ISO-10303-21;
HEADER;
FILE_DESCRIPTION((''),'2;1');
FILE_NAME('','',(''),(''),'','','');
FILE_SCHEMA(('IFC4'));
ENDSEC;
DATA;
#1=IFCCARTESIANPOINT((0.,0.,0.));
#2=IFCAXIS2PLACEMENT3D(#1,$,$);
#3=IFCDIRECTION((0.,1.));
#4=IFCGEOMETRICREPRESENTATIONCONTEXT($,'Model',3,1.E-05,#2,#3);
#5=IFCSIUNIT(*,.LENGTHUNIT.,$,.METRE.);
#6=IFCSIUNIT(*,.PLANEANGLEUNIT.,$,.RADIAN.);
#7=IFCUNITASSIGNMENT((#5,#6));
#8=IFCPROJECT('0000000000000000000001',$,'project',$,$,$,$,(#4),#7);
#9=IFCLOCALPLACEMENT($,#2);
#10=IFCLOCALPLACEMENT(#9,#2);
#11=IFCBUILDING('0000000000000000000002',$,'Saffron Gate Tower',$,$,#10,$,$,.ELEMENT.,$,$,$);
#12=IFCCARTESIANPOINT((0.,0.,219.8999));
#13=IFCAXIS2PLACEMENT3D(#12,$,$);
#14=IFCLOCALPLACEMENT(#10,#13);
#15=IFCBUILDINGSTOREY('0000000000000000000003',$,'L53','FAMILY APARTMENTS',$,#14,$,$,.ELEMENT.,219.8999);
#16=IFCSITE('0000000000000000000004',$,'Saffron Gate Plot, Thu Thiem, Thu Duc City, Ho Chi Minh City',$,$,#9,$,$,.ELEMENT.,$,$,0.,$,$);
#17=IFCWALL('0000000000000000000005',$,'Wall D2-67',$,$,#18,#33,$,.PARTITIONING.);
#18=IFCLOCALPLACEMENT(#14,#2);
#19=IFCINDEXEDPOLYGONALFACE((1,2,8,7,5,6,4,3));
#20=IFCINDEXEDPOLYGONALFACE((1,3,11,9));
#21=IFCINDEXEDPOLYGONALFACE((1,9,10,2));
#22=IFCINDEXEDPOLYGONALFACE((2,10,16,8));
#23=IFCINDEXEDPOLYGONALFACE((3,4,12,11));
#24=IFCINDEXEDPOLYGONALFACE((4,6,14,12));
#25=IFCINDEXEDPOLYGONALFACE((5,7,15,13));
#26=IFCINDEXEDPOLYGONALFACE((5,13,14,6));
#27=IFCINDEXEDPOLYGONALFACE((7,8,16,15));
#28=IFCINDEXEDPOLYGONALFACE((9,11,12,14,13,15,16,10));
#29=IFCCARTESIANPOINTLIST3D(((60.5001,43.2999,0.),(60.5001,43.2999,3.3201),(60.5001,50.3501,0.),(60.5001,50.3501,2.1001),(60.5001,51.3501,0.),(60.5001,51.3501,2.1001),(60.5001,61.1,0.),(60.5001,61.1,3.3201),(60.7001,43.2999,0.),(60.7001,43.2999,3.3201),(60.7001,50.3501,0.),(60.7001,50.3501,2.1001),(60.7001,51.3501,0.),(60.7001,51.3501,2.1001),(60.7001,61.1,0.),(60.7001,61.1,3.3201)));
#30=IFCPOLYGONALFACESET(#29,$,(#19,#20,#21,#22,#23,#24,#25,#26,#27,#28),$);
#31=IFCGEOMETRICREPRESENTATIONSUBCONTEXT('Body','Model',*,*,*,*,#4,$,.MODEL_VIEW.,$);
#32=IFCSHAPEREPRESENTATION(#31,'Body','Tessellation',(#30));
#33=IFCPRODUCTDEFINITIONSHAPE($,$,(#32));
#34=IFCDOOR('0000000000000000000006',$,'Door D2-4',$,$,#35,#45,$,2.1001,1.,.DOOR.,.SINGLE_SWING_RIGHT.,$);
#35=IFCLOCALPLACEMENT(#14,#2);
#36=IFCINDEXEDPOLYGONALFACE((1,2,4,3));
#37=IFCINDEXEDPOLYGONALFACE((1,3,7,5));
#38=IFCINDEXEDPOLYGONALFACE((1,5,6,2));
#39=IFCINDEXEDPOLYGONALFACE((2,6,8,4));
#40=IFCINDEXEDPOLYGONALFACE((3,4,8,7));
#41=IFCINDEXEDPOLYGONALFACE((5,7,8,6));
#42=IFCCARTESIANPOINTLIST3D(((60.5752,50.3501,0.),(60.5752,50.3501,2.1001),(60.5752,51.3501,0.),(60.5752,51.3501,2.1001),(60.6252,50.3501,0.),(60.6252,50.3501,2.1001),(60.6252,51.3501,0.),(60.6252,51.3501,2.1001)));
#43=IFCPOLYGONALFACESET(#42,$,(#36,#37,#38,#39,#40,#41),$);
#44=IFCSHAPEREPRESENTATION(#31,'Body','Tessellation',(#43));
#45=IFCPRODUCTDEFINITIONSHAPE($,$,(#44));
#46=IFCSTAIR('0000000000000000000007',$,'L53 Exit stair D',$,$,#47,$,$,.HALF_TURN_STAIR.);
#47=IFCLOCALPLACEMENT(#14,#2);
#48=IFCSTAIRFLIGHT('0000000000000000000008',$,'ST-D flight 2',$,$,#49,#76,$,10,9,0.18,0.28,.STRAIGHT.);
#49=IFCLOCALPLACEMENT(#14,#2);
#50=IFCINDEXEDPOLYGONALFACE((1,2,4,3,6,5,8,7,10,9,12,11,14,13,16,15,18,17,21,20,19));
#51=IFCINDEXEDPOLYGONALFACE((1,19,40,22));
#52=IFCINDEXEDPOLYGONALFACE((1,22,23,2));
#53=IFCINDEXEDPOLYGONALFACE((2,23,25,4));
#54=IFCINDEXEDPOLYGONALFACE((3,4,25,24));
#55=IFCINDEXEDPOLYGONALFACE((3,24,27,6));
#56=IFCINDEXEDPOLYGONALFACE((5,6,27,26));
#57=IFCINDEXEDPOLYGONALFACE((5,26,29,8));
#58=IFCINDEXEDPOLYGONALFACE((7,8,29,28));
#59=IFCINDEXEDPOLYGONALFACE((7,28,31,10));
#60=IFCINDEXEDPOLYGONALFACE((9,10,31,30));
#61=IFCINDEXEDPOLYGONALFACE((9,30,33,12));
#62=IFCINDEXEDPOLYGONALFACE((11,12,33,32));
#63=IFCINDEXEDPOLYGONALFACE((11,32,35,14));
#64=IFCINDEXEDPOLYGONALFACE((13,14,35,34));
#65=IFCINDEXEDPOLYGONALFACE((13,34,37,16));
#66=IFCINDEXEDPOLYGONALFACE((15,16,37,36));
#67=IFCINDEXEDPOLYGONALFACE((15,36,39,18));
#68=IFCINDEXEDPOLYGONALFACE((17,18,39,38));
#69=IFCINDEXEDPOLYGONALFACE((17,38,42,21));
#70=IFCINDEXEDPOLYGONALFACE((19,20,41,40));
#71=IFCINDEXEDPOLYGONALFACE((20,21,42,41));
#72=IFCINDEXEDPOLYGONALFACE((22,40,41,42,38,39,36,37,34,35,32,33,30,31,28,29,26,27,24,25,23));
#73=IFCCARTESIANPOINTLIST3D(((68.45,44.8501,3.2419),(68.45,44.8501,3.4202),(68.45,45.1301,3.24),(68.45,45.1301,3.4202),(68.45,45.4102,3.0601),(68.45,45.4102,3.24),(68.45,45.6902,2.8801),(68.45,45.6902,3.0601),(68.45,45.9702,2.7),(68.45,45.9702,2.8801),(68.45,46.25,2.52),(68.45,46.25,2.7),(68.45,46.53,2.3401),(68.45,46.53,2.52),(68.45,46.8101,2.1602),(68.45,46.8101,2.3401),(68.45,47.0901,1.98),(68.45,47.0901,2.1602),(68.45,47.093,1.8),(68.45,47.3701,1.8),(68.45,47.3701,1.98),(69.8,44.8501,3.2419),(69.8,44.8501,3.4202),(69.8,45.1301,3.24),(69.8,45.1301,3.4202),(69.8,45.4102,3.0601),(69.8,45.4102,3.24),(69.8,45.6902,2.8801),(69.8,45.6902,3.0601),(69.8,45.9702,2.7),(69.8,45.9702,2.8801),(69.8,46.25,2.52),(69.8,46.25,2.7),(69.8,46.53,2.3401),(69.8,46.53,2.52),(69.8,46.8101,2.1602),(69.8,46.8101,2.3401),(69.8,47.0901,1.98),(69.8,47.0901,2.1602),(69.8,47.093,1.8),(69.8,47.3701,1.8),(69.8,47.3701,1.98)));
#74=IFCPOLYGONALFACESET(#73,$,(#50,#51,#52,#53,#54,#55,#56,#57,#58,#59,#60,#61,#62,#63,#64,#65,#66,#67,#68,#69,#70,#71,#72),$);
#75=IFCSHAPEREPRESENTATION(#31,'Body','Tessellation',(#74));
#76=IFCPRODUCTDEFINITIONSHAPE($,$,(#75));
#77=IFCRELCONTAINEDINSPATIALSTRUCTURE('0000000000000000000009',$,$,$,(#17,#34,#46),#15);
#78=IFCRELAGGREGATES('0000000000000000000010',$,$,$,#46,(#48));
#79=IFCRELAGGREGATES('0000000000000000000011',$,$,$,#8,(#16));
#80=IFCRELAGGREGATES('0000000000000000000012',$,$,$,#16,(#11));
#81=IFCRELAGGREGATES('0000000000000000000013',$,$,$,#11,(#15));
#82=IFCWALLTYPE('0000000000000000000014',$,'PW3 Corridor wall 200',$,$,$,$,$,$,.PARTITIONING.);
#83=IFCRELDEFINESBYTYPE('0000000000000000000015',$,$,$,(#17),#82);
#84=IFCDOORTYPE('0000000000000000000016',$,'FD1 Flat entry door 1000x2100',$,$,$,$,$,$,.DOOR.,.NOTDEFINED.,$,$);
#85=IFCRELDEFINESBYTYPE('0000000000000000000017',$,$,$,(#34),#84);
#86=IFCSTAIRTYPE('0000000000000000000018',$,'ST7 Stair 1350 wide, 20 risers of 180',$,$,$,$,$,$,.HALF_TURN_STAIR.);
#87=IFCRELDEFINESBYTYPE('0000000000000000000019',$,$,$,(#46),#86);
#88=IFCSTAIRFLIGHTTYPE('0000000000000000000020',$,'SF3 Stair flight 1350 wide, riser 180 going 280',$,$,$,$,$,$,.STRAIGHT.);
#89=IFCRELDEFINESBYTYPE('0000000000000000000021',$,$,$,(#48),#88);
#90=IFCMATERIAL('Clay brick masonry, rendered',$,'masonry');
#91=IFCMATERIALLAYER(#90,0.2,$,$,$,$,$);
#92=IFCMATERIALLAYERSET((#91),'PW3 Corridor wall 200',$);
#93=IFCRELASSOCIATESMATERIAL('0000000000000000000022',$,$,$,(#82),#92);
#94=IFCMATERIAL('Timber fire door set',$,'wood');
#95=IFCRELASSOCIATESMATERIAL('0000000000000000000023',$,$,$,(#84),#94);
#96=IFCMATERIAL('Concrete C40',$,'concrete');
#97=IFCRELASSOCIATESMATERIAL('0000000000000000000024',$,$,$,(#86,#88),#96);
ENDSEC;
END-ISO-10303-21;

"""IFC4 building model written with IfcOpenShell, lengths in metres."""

from ifc_helpers import new_model, si_unit, direction, frame, frame_2d, origin, place, context, subcontext, project, spatial, polyline, rectangle, outline, extrude, material, layer, layer_set, type_object, element, fill, aggregate, save


model = new_model("IFC4")

# Units and contexts
model_context = context("Model", 3, precision=1e-05, world=origin(), true_north=direction((0.0, 1.0)))
body_context = subcontext(model_context, "Body", "Model", "MODEL_VIEW")
ifc_project = project(units=[si_unit("LENGTHUNIT", "METRE"), si_unit("PLANEANGLEUNIT", "RADIAN")], contexts=[model_context])

# Site, building, storey
site_placement = place(None, origin())
site = spatial("IfcSite", under=ifc_project, at=site_placement, Name="Saffron Gate Plot, Thu Thiem, Thu Duc City, Ho Chi Minh City", CompositionType="ELEMENT", RefElevation=0.0)
building_placement = place(site_placement, origin())
building = spatial("IfcBuilding", under=site, at=building_placement, Name="Saffron Gate Tower", CompositionType="ELEMENT")
storey_placement = place(building_placement, frame((0.0, 0.0, 219.8999)))
storey = spatial("IfcBuildingStorey", under=building, at=storey_placement, Name="L53", Description="FAMILY APARTMENTS", CompositionType="ELEMENT", Elevation=219.8999)

# Shared definitions
ifc_material_1 = material(Name="Clay brick masonry, rendered", Category="masonry")
ifc_layer_1 = layer(ifc_material_1, 0.2)
ifc_layer_set_1 = layer_set([ifc_layer_1], Name="PW3 Corridor wall 200")
wall_type_1 = type_object("IfcWallType", Name="PW3 Corridor wall 200", PredefinedType="PARTITIONING", material=ifc_layer_set_1)

# Wall, opening, door
wall_1_placement = place(storey_placement, frame((60.6001, 43.3, 0.0), z_axis=(0.0, 0.0, 1.0), x_axis=(0.0, 1.0, 0.0)))
wall_1 = element("IfcWall", 1, at=wall_1_placement, inside=storey, type_object=wall_type_1, Name="Wall D2-67", PredefinedType="PARTITIONING", context=body_context, shape_type="SweptSolid", body=[
    extrude(rectangle(XDim=17.8, YDim=0.2, at=frame_2d((8.8999, 0.0))), origin(), (0.0, 0.0, 1.0), 3.3201),
])
opening_1_placement = place(wall_1_placement, frame((7.05, 0.0, 0.0)))
opening_1 = element("IfcOpeningElement", 2, at=opening_1_placement, cuts=wall_1, PredefinedType="OPENING", context=body_context, shape_type="SweptSolid", body=[
    extrude(rectangle(XDim=1.0, YDim=2.1001, at=frame_2d((0.5, 1.05))), frame((0.0, 0.1099, 0.0), z_axis=(0.0, -1.0, 0.0), x_axis=(1.0, 0.0, 0.0)), (0.0, 0.0, 1.0), 0.22),
])
ifc_material_2 = material(Name="Timber fire door set", Category="wood")
door_type_1 = type_object("IfcDoorType", Name="FD1 Flat entry door 1000x2100", OperationType="NOTDEFINED", PredefinedType="DOOR", material=ifc_material_2)
door_1_placement = place(opening_1_placement, origin())
door_1 = element("IfcDoor", 3, at=door_1_placement, inside=storey, type_object=door_type_1, Name="Door D2-4", OperationType="SINGLE_SWING_RIGHT", OverallHeight=2.1001, OverallWidth=1.0, PredefinedType="DOOR", context=body_context, shape_type="SweptSolid", body=[
    extrude(rectangle(XDim=1.0, YDim=2.1001, at=frame_2d((0.5, 1.05))), frame((0.0, 0.0249, 0.0), z_axis=(0.0, -1.0, 0.0), x_axis=(1.0, 0.0, 0.0)), (0.0, 0.0, 1.0), 0.05),
])
fill(opening_1, door_1)

# Stair, stair flight
ifc_material_3 = material(Name="Concrete C40", Category="concrete")
stair_type = type_object("IfcStairType", Name="ST7 Stair 1350 wide, 20 risers of 180", PredefinedType="HALF_TURN_STAIR", material=ifc_material_3)
stair_placement = place(storey_placement, origin())
stair = element("IfcStair", 4, at=stair_placement, inside=storey, type_object=stair_type, Name="L53 Exit stair D", PredefinedType="HALF_TURN_STAIR")
stair_flight_type = type_object("IfcStairFlightType", Name="SF3 Stair flight 1350 wide, riser 180 going 280", PredefinedType="STRAIGHT", material=ifc_material_3)
stair_flight_placement = place(storey_placement, frame((69.125, 47.3701, 1.8), z_axis=(0.0, 0.0, 1.0), x_axis=(0.0, -1.0, 0.0)))
stair_flight = element("IfcStairFlight", 5, at=stair_flight_placement, type_object=stair_flight_type, Name="ST-D flight 2", NumberOfRisers=10, NumberOfTreads=9, PredefinedType="STRAIGHT", RiserHeight=0.18, TreadLength=0.28, context=body_context, shape_type="SweptSolid", body=[
    extrude(outline(polyline([(0.0, 0.0), (0.0, 0.1799), (0.28, 0.1799), (0.28, 0.3601), (0.5601, 0.3601), (0.5601, 0.54), (0.8401, 0.54), (0.8401, 0.72), (1.1201, 0.72), (1.1201, 0.8999), (1.3999, 0.8999), (1.3999, 1.0801), (1.6799, 1.0801), (1.6799, 1.26), (1.96, 1.26), (1.96, 1.4399), (2.24, 1.4399), (2.24, 1.6201), (2.52, 1.6201), (2.52, 1.8), (2.52, 1.4419), (0.2771, 0.0), (0.0, 0.0)])), frame((0.0, 0.675, 0.0), z_axis=(0.0, -1.0, 0.0), x_axis=(1.0, 0.0, 0.0)), (0.0, 0.0, 1.0), 1.3501),
])
aggregate(stair, [stair_flight])

save(model, "model.ifc")
